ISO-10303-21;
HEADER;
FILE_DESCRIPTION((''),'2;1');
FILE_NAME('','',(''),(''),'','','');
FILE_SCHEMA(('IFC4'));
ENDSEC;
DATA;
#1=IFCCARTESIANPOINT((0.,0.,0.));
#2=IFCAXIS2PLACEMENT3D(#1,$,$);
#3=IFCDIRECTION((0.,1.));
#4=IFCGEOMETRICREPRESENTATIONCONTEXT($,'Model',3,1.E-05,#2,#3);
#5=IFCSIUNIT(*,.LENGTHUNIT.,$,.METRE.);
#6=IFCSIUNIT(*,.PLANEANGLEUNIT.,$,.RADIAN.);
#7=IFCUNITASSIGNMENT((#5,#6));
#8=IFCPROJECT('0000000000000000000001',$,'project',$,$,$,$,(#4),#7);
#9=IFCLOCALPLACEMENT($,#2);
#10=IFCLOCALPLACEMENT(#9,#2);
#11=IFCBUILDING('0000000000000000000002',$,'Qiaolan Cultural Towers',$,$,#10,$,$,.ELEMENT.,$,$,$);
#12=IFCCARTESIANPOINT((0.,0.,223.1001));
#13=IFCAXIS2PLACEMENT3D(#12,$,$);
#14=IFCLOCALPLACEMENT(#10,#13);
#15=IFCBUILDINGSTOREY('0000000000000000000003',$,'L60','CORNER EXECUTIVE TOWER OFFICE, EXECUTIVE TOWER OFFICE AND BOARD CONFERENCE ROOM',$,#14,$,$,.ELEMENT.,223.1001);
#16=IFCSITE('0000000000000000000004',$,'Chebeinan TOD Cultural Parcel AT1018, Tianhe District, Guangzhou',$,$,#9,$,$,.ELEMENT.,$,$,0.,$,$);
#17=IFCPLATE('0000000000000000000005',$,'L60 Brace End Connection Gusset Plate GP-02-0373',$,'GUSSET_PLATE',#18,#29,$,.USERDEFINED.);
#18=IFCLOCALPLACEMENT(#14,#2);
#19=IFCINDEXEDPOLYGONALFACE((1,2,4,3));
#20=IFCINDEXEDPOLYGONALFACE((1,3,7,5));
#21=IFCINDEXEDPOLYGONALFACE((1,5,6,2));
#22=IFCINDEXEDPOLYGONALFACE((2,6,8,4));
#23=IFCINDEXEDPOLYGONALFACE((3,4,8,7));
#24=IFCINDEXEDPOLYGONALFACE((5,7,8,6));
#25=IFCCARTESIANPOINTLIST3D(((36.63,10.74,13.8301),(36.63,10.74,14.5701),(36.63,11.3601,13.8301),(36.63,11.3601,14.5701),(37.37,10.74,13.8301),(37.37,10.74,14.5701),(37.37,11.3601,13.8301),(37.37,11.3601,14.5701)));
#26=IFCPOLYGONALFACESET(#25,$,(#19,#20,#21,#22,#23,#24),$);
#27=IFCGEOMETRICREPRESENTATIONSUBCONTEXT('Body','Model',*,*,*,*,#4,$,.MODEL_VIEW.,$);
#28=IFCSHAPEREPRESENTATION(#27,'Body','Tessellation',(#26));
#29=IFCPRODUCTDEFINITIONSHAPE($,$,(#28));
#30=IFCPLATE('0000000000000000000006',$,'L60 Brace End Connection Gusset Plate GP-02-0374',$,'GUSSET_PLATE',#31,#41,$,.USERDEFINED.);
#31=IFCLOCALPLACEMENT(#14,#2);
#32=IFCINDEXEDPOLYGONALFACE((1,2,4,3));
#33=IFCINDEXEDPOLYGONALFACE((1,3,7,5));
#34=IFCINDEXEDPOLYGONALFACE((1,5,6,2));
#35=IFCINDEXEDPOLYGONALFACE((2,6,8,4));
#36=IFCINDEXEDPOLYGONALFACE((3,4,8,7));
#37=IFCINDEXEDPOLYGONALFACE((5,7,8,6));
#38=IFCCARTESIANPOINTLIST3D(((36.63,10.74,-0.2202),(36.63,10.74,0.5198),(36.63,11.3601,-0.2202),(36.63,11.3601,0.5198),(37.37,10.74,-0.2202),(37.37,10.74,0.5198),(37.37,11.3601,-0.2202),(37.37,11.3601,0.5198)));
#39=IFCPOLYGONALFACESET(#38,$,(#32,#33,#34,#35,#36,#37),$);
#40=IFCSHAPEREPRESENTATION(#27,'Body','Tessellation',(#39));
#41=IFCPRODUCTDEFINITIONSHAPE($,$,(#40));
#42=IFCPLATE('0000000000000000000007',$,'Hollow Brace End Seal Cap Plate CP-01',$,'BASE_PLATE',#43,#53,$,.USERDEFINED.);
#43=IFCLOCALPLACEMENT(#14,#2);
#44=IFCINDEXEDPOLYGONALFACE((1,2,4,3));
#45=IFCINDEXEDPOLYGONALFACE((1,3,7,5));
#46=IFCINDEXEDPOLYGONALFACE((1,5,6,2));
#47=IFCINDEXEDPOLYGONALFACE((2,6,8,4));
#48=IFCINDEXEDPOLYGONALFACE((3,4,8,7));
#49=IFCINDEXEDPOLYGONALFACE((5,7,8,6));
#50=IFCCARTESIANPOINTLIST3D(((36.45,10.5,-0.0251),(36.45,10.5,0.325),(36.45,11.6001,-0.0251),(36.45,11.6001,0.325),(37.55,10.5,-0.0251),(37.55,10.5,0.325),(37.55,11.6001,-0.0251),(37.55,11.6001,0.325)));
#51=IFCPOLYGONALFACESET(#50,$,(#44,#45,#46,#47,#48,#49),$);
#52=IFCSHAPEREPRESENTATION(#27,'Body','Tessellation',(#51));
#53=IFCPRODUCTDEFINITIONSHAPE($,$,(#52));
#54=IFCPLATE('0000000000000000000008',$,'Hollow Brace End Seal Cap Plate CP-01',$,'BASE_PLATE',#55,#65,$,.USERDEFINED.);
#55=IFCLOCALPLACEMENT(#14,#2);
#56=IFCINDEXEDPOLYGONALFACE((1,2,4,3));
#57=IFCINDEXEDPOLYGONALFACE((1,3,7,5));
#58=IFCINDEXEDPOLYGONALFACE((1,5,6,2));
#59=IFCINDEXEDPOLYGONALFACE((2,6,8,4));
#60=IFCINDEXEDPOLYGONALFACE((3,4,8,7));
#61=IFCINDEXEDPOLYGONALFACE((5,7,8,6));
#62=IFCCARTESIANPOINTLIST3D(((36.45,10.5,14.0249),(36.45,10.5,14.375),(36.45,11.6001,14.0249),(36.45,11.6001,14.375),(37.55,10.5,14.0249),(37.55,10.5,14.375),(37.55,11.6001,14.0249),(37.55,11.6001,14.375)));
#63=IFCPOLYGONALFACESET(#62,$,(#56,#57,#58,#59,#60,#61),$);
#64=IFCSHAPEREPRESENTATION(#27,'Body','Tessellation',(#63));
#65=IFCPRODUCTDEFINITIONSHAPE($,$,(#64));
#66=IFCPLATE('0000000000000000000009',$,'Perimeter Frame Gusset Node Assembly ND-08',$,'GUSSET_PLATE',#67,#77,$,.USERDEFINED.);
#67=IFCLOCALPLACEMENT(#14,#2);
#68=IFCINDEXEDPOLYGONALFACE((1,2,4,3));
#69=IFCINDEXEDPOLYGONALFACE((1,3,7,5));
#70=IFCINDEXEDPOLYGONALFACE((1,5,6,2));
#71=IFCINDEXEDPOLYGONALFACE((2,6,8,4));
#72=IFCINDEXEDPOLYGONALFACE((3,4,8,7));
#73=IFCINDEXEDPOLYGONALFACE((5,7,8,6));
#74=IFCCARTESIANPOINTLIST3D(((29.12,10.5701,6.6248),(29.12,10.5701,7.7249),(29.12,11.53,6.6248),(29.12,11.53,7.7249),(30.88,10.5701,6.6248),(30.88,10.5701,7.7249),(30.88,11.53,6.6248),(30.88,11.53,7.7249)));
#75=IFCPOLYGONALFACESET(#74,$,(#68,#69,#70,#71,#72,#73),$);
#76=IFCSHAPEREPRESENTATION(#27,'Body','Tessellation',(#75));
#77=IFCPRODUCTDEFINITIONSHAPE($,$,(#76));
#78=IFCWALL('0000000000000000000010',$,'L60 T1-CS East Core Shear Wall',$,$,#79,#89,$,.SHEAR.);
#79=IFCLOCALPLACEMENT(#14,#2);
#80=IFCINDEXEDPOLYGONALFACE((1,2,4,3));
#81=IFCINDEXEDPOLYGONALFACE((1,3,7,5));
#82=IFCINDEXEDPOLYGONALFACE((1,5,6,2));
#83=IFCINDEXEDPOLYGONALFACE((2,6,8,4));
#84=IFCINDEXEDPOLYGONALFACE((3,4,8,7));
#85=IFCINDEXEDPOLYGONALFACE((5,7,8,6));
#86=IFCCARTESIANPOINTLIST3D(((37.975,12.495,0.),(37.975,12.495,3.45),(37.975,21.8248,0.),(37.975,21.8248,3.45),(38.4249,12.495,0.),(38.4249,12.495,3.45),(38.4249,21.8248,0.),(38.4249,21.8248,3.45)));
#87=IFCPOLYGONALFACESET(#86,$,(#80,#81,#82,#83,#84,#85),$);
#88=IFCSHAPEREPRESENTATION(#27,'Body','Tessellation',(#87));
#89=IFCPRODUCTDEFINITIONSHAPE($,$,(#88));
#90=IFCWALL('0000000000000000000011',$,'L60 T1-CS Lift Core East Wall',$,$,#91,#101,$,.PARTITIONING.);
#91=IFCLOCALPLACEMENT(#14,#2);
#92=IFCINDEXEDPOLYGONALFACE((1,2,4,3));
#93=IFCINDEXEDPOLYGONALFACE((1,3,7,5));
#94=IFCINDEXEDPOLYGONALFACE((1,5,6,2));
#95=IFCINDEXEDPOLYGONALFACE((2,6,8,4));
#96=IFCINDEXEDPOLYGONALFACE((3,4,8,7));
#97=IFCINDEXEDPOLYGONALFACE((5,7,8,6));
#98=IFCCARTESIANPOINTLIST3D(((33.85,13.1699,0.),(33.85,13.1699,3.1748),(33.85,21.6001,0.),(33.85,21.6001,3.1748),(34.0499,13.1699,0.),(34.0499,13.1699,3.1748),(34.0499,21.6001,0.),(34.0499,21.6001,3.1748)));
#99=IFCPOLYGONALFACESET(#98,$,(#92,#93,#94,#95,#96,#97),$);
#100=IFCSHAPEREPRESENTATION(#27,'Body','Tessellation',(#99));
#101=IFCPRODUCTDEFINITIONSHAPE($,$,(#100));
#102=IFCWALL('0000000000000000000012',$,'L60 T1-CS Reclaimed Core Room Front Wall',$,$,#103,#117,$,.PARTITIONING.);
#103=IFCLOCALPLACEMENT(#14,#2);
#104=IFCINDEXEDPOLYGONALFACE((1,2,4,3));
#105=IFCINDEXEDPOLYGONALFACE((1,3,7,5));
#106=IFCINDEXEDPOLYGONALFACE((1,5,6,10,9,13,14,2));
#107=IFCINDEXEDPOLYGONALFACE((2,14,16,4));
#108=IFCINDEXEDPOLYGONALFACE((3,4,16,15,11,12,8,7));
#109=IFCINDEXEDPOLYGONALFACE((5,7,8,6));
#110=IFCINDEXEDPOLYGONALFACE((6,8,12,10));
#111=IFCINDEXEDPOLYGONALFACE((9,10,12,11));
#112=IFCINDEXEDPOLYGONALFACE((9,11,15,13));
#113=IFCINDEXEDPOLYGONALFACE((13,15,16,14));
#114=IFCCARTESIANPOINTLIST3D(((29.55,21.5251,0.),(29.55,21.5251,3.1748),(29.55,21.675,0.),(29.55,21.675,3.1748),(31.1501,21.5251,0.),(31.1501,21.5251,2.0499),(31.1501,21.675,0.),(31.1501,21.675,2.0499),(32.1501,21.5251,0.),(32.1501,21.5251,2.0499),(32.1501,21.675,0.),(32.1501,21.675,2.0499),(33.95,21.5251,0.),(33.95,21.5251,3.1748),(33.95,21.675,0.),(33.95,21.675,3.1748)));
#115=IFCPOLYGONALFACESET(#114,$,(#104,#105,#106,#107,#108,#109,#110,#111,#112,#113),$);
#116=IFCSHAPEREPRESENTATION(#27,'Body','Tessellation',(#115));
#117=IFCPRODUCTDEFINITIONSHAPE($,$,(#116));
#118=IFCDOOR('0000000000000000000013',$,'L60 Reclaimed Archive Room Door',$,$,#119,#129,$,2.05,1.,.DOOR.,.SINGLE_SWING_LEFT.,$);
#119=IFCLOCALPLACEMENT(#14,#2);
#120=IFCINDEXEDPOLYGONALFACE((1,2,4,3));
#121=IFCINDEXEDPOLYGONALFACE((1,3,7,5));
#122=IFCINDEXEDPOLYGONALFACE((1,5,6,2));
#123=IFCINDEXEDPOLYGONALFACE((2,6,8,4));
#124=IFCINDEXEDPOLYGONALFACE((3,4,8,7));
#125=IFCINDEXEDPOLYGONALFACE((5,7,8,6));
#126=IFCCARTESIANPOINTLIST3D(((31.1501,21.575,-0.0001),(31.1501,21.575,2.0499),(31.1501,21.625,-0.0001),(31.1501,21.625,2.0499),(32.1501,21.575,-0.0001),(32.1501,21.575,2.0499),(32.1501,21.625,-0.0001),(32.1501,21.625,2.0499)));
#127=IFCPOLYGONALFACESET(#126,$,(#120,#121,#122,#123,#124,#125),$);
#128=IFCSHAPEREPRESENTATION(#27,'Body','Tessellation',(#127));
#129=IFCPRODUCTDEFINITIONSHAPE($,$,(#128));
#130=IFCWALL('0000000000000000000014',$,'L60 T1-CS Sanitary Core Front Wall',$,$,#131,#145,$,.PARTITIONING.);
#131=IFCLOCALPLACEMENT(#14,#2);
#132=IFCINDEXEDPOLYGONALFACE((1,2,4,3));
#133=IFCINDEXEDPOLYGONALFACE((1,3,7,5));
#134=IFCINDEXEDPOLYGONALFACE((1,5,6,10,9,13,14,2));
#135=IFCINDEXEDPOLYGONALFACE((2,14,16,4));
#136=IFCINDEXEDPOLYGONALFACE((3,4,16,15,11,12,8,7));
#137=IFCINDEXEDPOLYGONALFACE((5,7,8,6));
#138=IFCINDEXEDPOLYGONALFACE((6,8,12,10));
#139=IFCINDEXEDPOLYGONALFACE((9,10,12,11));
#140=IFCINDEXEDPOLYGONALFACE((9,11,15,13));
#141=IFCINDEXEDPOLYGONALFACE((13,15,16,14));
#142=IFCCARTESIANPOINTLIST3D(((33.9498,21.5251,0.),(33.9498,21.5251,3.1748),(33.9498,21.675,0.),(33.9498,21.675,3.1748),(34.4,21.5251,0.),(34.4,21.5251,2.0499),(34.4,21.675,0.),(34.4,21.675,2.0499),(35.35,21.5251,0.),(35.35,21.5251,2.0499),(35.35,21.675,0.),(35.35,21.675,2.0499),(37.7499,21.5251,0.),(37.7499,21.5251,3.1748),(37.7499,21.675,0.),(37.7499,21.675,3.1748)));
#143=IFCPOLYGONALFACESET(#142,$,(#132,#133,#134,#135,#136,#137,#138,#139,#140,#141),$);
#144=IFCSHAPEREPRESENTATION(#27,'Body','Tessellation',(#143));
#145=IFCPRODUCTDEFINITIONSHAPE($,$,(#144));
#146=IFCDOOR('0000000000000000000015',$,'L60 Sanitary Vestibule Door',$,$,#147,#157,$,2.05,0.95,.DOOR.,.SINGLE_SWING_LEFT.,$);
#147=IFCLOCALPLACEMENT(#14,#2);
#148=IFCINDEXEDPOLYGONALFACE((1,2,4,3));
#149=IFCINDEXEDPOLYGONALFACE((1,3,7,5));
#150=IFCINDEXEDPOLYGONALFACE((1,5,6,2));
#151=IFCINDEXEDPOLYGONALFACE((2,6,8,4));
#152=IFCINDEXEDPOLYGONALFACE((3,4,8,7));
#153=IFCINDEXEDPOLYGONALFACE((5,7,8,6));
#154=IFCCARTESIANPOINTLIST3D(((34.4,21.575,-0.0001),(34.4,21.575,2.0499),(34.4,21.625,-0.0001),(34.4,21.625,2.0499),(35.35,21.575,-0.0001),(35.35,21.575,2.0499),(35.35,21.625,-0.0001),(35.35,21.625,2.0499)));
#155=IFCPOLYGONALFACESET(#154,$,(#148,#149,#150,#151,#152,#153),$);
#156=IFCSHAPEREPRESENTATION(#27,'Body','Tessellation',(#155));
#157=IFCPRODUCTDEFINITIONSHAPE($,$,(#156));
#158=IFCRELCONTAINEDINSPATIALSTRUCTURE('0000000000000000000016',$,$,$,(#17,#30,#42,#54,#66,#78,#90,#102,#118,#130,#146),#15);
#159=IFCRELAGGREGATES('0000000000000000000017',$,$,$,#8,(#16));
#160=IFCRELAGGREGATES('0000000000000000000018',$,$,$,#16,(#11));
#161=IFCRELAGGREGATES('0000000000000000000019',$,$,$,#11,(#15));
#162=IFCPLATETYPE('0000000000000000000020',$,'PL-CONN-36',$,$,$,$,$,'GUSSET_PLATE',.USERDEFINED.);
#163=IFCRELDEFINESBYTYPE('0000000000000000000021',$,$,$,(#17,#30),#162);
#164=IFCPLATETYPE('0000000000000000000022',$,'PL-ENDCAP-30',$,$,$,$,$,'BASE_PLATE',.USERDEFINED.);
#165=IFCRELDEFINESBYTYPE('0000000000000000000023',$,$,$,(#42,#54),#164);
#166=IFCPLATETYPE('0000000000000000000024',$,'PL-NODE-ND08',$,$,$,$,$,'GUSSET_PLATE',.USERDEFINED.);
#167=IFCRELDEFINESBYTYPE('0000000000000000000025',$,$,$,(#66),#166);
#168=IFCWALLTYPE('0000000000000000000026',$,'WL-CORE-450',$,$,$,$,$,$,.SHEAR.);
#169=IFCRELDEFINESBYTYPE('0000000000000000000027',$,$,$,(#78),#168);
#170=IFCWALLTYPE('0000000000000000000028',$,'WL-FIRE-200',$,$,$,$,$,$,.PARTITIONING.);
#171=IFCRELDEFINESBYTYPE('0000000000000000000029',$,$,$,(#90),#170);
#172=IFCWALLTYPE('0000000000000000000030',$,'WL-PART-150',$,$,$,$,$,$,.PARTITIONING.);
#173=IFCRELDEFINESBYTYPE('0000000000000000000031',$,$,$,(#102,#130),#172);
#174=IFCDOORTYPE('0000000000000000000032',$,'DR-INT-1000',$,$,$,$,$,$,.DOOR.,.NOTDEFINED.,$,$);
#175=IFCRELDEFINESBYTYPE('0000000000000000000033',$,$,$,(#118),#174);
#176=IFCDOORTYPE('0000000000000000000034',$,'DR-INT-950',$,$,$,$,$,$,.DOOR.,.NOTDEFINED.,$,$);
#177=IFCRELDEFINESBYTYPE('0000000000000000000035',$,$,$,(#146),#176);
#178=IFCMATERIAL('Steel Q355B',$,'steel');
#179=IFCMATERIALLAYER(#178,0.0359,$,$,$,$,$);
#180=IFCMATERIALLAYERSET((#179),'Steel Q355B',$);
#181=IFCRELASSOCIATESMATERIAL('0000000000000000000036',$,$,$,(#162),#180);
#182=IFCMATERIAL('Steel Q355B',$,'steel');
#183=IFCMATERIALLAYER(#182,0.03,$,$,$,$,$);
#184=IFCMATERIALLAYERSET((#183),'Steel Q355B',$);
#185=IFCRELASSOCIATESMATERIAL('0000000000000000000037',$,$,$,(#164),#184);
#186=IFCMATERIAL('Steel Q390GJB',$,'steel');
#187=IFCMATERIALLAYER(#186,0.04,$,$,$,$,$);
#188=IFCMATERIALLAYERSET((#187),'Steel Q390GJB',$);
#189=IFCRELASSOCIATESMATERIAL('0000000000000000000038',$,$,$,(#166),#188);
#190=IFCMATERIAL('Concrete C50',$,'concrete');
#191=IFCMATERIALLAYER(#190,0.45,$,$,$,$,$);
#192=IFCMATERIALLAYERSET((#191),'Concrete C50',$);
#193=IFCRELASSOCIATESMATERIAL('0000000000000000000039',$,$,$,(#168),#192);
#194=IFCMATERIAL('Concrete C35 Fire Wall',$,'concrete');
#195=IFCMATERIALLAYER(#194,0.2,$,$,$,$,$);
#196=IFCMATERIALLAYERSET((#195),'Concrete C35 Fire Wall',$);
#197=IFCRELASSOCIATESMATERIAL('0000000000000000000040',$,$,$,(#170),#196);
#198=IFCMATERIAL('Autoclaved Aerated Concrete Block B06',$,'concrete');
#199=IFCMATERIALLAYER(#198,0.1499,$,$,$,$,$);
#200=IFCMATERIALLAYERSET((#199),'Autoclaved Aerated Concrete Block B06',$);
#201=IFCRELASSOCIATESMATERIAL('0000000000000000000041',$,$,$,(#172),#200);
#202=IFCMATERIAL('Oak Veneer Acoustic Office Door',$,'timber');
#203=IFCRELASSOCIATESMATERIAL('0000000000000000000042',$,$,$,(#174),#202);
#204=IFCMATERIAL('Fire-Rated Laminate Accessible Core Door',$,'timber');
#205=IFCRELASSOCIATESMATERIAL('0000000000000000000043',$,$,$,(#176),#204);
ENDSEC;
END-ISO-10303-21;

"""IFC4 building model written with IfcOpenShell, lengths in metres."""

from ifc_helpers import new_model, si_unit, direction, frame, frame_2d, origin, origin_2d, place, context, subcontext, project, spatial, rectangle, extrude, material, layer, layer_set, type_object, element, fill, save


model = new_model("IFC4")

# Units and contexts
model_context = context("Model", 3, precision=1e-05, world=origin(), true_north=direction((0.0, 1.0)))
body_context = subcontext(model_context, "Body", "Model", "MODEL_VIEW")
ifc_project = project(units=[si_unit("LENGTHUNIT", "METRE"), si_unit("PLANEANGLEUNIT", "RADIAN")], contexts=[model_context])

# Site, building, storey
site_placement = place(None, origin())
site = spatial("IfcSite", under=ifc_project, at=site_placement, Name="Chebeinan TOD Cultural Parcel AT1018, Tianhe District, Guangzhou", CompositionType="ELEMENT", RefElevation=0.0)
building_placement = place(site_placement, origin())
building = spatial("IfcBuilding", under=site, at=building_placement, Name="Qiaolan Cultural Towers", CompositionType="ELEMENT")
storey_placement = place(building_placement, frame((0.0, 0.0, 223.1001)))
storey = spatial("IfcBuildingStorey", under=building, at=storey_placement, Name="L60", Description="CORNER EXECUTIVE TOWER OFFICE, EXECUTIVE TOWER OFFICE AND BOARD CONFERENCE ROOM", CompositionType="ELEMENT", Elevation=223.1001)

# Plates
ifc_material_1 = material(Name="Steel Q355B", Category="steel")
ifc_layer_1 = layer(ifc_material_1, 0.0359)
ifc_layer_set_1 = layer_set([ifc_layer_1], Name="Steel Q355B")
plate_type_1 = type_object("IfcPlateType", Name="PL-CONN-36", ElementType="GUSSET_PLATE", PredefinedType="USERDEFINED", material=ifc_layer_set_1)
for number, where, z_axis, x_axis, name in (
    (1, (37.0, 11.05, 13.8301), (0.0, 0.0, 1.0), (1.0, 0.0, 0.0), "L60 Brace End Connection Gusset Plate GP-02-0373"),
    (2, (37.0, 11.05, -0.2202), (0.0, 0.0, 1.0), (1.0, 0.0, 0.0), "L60 Brace End Connection Gusset Plate GP-02-0374"),
):
    element("IfcPlate", number, at=place(storey_placement, frame(where, z_axis=z_axis, x_axis=x_axis)), inside=storey, type_object=plate_type_1, Name=name, ObjectType="GUSSET_PLATE", PredefinedType="USERDEFINED", context=body_context, shape_type="SweptSolid", body=[
        extrude(rectangle(XDim=0.74, YDim=0.6201, at=origin_2d()), origin(), (0.0, 0.0, 1.0), 0.74),
    ])
ifc_material_2 = material(Name="Steel Q355B", Category="steel")
ifc_layer_2 = layer(ifc_material_2, 0.03)
ifc_layer_set_2 = layer_set([ifc_layer_2], Name="Steel Q355B")
plate_type_2 = type_object("IfcPlateType", Name="PL-ENDCAP-30", ElementType="BASE_PLATE", PredefinedType="USERDEFINED", material=ifc_layer_set_2)
for number, where, z_axis, x_axis, name in (
    (3, (37.0, 11.05, -0.0251), (0.0, 0.0, 1.0), (1.0, 0.0, 0.0), "Hollow Brace End Seal Cap Plate CP-01"),
    (4, (37.0, 11.05, 14.0249), (0.0, 0.0, 1.0), (1.0, 0.0, 0.0), "Hollow Brace End Seal Cap Plate CP-01"),
):
    element("IfcPlate", number, at=place(storey_placement, frame(where, z_axis=z_axis, x_axis=x_axis)), inside=storey, type_object=plate_type_2, Name=name, ObjectType="BASE_PLATE", PredefinedType="USERDEFINED", context=body_context, shape_type="SweptSolid", body=[
        extrude(rectangle(XDim=1.1001, YDim=1.1001, at=origin_2d()), origin(), (0.0, 0.0, 1.0), 0.3501),
    ])
ifc_material_3 = material(Name="Steel Q390GJB", Category="steel")
ifc_layer_3 = layer(ifc_material_3, 0.04)
ifc_layer_set_3 = layer_set([ifc_layer_3], Name="Steel Q390GJB")
plate_type_3 = type_object("IfcPlateType", Name="PL-NODE-ND08", ElementType="GUSSET_PLATE", PredefinedType="USERDEFINED", material=ifc_layer_set_3)
plate_placement = place(storey_placement, frame((30.0, 11.05, 6.6248), z_axis=(0.0, 0.0, 1.0), x_axis=(1.0, 0.0, 0.0)))
element("IfcPlate", 5, at=plate_placement, inside=storey, type_object=plate_type_3, Name="Perimeter Frame Gusset Node Assembly ND-08", ObjectType="GUSSET_PLATE", PredefinedType="USERDEFINED", context=body_context, shape_type="SweptSolid", body=[
    extrude(rectangle(XDim=1.76, YDim=0.96, at=origin_2d()), origin(), (0.0, 0.0, 1.0), 1.1001),
])

# Walls
ifc_material_4 = material(Name="Concrete C50", Category="concrete")
ifc_layer_4 = layer(ifc_material_4, 0.45)
ifc_layer_set_4 = layer_set([ifc_layer_4], Name="Concrete C50")
wall_type_1 = type_object("IfcWallType", Name="WL-CORE-450", PredefinedType="SHEAR", material=ifc_layer_set_4)
wall_1_placement = place(storey_placement, frame((38.2, 21.825, 0.0), z_axis=(0.0, 0.0, 1.0), x_axis=(0.0, -1.0, 0.0)))
element("IfcWall", 6, at=wall_1_placement, inside=storey, type_object=wall_type_1, Name="L60 T1-CS East Core Shear Wall", PredefinedType="SHEAR", context=body_context, shape_type="SweptSolid", body=[
    extrude(rectangle(XDim=9.3298, YDim=0.45, at=frame_2d((4.665, 0.0))), origin(), (0.0, 0.0, 1.0), 3.45),
])
ifc_material_5 = material(Name="Concrete C35 Fire Wall", Category="concrete")
ifc_layer_5 = layer(ifc_material_5, 0.2)
ifc_layer_set_5 = layer_set([ifc_layer_5], Name="Concrete C35 Fire Wall")
wall_type_2 = type_object("IfcWallType", Name="WL-FIRE-200", PredefinedType="PARTITIONING", material=ifc_layer_set_5)
wall_2_placement = place(storey_placement, frame((33.95, 21.6001, 0.0), z_axis=(0.0, 0.0, 1.0), x_axis=(0.0, -1.0, 0.0)))
element("IfcWall", 7, at=wall_2_placement, inside=storey, type_object=wall_type_2, Name="L60 T1-CS Lift Core East Wall", PredefinedType="PARTITIONING", context=body_context, shape_type="SweptSolid", body=[
    extrude(rectangle(XDim=8.4302, YDim=0.2, at=frame_2d((4.2151, 0.0))), origin(), (0.0, 0.0, 1.0), 3.1748),
])

# Walls, openings, doors
ifc_material_6 = material(Name="Autoclaved Aerated Concrete Block B06", Category="concrete")
ifc_layer_6 = layer(ifc_material_6, 0.1499)
ifc_layer_set_6 = layer_set([ifc_layer_6], Name="Autoclaved Aerated Concrete Block B06")
wall_type_3 = type_object("IfcWallType", Name="WL-PART-150", PredefinedType="PARTITIONING", material=ifc_layer_set_6)
wall_3_placement = place(storey_placement, frame((29.55, 21.6001, 0.0), z_axis=(0.0, 0.0, 1.0), x_axis=(1.0, 0.0, 0.0)))
wall_3 = element("IfcWall", 8, at=wall_3_placement, inside=storey, type_object=wall_type_3, Name="L60 T1-CS Reclaimed Core Room Front Wall", PredefinedType="PARTITIONING", context=body_context, shape_type="SweptSolid", body=[
    extrude(rectangle(XDim=4.3999, YDim=0.1499, at=frame_2d((2.2, 0.0))), origin(), (0.0, 0.0, 1.0), 3.1748),
])
opening_1_placement = place(wall_3_placement, frame((1.6001, 0.0, 0.0)))
opening_1 = element("IfcOpeningElement", 9, at=opening_1_placement, cuts=wall_3, PredefinedType="OPENING", context=body_context, shape_type="SweptSolid", body=[
    extrude(rectangle(XDim=1.0, YDim=2.05, at=frame_2d((0.5, 1.0249))), frame((0.0, 0.085, 0.0), z_axis=(0.0, -1.0, 0.0), x_axis=(1.0, 0.0, 0.0)), (0.0, 0.0, 1.0), 0.1699),
])
ifc_material_7 = material(Name="Oak Veneer Acoustic Office Door", Category="timber")
door_type_1 = type_object("IfcDoorType", Name="DR-INT-1000", OperationType="NOTDEFINED", PredefinedType="DOOR", material=ifc_material_7)
door_1_placement = place(opening_1_placement, origin())
door_1 = element("IfcDoor", 10, at=door_1_placement, inside=storey, type_object=door_type_1, Name="L60 Reclaimed Archive Room Door", OperationType="SINGLE_SWING_LEFT", OverallHeight=2.05, OverallWidth=1.0, PredefinedType="DOOR", context=body_context, shape_type="SweptSolid", body=[
    extrude(rectangle(XDim=1.0, YDim=2.05, at=frame_2d((0.5, 1.0249))), frame((0.0, 0.0249, 0.0), z_axis=(0.0, -1.0, 0.0), x_axis=(1.0, 0.0, 0.0)), (0.0, 0.0, 1.0), 0.05),
])
fill(opening_1, door_1)
wall_4_placement = place(storey_placement, frame((33.95, 21.6001, 0.0), z_axis=(0.0, 0.0, 1.0), x_axis=(1.0, 0.0, 0.0)))
wall_4 = element("IfcWall", 11, at=wall_4_placement, inside=storey, type_object=wall_type_3, Name="L60 T1-CS Sanitary Core Front Wall", PredefinedType="PARTITIONING", context=body_context, shape_type="SweptSolid", body=[
    extrude(rectangle(XDim=3.8, YDim=0.1499, at=frame_2d((1.8999, 0.0))), origin(), (0.0, 0.0, 1.0), 3.1748),
])
opening_2_placement = place(wall_4_placement, frame((0.45, 0.0, 0.0)))
opening_2 = element("IfcOpeningElement", 12, at=opening_2_placement, cuts=wall_4, PredefinedType="OPENING", context=body_context, shape_type="SweptSolid", body=[
    extrude(rectangle(XDim=0.95, YDim=2.05, at=frame_2d((0.4751, 1.0249))), frame((0.0, 0.085, 0.0), z_axis=(0.0, -1.0, 0.0), x_axis=(1.0, 0.0, 0.0)), (0.0, 0.0, 1.0), 0.1699),
])
ifc_material_8 = material(Name="Fire-Rated Laminate Accessible Core Door", Category="timber")
door_type_2 = type_object("IfcDoorType", Name="DR-INT-950", OperationType="NOTDEFINED", PredefinedType="DOOR", material=ifc_material_8)
door_2_placement = place(opening_2_placement, origin())
door_2 = element("IfcDoor", 13, at=door_2_placement, inside=storey, type_object=door_type_2, Name="L60 Sanitary Vestibule Door", OperationType="SINGLE_SWING_LEFT", OverallHeight=2.05, OverallWidth=0.95, PredefinedType="DOOR", context=body_context, shape_type="SweptSolid", body=[
    extrude(rectangle(XDim=0.95, YDim=2.05, at=frame_2d((0.4751, 1.0249))), frame((0.0, 0.0249, 0.0), z_axis=(0.0, -1.0, 0.0), x_axis=(1.0, 0.0, 0.0)), (0.0, 0.0, 1.0), 0.05),
])
fill(opening_2, door_2)

save(model, "model.ifc")
